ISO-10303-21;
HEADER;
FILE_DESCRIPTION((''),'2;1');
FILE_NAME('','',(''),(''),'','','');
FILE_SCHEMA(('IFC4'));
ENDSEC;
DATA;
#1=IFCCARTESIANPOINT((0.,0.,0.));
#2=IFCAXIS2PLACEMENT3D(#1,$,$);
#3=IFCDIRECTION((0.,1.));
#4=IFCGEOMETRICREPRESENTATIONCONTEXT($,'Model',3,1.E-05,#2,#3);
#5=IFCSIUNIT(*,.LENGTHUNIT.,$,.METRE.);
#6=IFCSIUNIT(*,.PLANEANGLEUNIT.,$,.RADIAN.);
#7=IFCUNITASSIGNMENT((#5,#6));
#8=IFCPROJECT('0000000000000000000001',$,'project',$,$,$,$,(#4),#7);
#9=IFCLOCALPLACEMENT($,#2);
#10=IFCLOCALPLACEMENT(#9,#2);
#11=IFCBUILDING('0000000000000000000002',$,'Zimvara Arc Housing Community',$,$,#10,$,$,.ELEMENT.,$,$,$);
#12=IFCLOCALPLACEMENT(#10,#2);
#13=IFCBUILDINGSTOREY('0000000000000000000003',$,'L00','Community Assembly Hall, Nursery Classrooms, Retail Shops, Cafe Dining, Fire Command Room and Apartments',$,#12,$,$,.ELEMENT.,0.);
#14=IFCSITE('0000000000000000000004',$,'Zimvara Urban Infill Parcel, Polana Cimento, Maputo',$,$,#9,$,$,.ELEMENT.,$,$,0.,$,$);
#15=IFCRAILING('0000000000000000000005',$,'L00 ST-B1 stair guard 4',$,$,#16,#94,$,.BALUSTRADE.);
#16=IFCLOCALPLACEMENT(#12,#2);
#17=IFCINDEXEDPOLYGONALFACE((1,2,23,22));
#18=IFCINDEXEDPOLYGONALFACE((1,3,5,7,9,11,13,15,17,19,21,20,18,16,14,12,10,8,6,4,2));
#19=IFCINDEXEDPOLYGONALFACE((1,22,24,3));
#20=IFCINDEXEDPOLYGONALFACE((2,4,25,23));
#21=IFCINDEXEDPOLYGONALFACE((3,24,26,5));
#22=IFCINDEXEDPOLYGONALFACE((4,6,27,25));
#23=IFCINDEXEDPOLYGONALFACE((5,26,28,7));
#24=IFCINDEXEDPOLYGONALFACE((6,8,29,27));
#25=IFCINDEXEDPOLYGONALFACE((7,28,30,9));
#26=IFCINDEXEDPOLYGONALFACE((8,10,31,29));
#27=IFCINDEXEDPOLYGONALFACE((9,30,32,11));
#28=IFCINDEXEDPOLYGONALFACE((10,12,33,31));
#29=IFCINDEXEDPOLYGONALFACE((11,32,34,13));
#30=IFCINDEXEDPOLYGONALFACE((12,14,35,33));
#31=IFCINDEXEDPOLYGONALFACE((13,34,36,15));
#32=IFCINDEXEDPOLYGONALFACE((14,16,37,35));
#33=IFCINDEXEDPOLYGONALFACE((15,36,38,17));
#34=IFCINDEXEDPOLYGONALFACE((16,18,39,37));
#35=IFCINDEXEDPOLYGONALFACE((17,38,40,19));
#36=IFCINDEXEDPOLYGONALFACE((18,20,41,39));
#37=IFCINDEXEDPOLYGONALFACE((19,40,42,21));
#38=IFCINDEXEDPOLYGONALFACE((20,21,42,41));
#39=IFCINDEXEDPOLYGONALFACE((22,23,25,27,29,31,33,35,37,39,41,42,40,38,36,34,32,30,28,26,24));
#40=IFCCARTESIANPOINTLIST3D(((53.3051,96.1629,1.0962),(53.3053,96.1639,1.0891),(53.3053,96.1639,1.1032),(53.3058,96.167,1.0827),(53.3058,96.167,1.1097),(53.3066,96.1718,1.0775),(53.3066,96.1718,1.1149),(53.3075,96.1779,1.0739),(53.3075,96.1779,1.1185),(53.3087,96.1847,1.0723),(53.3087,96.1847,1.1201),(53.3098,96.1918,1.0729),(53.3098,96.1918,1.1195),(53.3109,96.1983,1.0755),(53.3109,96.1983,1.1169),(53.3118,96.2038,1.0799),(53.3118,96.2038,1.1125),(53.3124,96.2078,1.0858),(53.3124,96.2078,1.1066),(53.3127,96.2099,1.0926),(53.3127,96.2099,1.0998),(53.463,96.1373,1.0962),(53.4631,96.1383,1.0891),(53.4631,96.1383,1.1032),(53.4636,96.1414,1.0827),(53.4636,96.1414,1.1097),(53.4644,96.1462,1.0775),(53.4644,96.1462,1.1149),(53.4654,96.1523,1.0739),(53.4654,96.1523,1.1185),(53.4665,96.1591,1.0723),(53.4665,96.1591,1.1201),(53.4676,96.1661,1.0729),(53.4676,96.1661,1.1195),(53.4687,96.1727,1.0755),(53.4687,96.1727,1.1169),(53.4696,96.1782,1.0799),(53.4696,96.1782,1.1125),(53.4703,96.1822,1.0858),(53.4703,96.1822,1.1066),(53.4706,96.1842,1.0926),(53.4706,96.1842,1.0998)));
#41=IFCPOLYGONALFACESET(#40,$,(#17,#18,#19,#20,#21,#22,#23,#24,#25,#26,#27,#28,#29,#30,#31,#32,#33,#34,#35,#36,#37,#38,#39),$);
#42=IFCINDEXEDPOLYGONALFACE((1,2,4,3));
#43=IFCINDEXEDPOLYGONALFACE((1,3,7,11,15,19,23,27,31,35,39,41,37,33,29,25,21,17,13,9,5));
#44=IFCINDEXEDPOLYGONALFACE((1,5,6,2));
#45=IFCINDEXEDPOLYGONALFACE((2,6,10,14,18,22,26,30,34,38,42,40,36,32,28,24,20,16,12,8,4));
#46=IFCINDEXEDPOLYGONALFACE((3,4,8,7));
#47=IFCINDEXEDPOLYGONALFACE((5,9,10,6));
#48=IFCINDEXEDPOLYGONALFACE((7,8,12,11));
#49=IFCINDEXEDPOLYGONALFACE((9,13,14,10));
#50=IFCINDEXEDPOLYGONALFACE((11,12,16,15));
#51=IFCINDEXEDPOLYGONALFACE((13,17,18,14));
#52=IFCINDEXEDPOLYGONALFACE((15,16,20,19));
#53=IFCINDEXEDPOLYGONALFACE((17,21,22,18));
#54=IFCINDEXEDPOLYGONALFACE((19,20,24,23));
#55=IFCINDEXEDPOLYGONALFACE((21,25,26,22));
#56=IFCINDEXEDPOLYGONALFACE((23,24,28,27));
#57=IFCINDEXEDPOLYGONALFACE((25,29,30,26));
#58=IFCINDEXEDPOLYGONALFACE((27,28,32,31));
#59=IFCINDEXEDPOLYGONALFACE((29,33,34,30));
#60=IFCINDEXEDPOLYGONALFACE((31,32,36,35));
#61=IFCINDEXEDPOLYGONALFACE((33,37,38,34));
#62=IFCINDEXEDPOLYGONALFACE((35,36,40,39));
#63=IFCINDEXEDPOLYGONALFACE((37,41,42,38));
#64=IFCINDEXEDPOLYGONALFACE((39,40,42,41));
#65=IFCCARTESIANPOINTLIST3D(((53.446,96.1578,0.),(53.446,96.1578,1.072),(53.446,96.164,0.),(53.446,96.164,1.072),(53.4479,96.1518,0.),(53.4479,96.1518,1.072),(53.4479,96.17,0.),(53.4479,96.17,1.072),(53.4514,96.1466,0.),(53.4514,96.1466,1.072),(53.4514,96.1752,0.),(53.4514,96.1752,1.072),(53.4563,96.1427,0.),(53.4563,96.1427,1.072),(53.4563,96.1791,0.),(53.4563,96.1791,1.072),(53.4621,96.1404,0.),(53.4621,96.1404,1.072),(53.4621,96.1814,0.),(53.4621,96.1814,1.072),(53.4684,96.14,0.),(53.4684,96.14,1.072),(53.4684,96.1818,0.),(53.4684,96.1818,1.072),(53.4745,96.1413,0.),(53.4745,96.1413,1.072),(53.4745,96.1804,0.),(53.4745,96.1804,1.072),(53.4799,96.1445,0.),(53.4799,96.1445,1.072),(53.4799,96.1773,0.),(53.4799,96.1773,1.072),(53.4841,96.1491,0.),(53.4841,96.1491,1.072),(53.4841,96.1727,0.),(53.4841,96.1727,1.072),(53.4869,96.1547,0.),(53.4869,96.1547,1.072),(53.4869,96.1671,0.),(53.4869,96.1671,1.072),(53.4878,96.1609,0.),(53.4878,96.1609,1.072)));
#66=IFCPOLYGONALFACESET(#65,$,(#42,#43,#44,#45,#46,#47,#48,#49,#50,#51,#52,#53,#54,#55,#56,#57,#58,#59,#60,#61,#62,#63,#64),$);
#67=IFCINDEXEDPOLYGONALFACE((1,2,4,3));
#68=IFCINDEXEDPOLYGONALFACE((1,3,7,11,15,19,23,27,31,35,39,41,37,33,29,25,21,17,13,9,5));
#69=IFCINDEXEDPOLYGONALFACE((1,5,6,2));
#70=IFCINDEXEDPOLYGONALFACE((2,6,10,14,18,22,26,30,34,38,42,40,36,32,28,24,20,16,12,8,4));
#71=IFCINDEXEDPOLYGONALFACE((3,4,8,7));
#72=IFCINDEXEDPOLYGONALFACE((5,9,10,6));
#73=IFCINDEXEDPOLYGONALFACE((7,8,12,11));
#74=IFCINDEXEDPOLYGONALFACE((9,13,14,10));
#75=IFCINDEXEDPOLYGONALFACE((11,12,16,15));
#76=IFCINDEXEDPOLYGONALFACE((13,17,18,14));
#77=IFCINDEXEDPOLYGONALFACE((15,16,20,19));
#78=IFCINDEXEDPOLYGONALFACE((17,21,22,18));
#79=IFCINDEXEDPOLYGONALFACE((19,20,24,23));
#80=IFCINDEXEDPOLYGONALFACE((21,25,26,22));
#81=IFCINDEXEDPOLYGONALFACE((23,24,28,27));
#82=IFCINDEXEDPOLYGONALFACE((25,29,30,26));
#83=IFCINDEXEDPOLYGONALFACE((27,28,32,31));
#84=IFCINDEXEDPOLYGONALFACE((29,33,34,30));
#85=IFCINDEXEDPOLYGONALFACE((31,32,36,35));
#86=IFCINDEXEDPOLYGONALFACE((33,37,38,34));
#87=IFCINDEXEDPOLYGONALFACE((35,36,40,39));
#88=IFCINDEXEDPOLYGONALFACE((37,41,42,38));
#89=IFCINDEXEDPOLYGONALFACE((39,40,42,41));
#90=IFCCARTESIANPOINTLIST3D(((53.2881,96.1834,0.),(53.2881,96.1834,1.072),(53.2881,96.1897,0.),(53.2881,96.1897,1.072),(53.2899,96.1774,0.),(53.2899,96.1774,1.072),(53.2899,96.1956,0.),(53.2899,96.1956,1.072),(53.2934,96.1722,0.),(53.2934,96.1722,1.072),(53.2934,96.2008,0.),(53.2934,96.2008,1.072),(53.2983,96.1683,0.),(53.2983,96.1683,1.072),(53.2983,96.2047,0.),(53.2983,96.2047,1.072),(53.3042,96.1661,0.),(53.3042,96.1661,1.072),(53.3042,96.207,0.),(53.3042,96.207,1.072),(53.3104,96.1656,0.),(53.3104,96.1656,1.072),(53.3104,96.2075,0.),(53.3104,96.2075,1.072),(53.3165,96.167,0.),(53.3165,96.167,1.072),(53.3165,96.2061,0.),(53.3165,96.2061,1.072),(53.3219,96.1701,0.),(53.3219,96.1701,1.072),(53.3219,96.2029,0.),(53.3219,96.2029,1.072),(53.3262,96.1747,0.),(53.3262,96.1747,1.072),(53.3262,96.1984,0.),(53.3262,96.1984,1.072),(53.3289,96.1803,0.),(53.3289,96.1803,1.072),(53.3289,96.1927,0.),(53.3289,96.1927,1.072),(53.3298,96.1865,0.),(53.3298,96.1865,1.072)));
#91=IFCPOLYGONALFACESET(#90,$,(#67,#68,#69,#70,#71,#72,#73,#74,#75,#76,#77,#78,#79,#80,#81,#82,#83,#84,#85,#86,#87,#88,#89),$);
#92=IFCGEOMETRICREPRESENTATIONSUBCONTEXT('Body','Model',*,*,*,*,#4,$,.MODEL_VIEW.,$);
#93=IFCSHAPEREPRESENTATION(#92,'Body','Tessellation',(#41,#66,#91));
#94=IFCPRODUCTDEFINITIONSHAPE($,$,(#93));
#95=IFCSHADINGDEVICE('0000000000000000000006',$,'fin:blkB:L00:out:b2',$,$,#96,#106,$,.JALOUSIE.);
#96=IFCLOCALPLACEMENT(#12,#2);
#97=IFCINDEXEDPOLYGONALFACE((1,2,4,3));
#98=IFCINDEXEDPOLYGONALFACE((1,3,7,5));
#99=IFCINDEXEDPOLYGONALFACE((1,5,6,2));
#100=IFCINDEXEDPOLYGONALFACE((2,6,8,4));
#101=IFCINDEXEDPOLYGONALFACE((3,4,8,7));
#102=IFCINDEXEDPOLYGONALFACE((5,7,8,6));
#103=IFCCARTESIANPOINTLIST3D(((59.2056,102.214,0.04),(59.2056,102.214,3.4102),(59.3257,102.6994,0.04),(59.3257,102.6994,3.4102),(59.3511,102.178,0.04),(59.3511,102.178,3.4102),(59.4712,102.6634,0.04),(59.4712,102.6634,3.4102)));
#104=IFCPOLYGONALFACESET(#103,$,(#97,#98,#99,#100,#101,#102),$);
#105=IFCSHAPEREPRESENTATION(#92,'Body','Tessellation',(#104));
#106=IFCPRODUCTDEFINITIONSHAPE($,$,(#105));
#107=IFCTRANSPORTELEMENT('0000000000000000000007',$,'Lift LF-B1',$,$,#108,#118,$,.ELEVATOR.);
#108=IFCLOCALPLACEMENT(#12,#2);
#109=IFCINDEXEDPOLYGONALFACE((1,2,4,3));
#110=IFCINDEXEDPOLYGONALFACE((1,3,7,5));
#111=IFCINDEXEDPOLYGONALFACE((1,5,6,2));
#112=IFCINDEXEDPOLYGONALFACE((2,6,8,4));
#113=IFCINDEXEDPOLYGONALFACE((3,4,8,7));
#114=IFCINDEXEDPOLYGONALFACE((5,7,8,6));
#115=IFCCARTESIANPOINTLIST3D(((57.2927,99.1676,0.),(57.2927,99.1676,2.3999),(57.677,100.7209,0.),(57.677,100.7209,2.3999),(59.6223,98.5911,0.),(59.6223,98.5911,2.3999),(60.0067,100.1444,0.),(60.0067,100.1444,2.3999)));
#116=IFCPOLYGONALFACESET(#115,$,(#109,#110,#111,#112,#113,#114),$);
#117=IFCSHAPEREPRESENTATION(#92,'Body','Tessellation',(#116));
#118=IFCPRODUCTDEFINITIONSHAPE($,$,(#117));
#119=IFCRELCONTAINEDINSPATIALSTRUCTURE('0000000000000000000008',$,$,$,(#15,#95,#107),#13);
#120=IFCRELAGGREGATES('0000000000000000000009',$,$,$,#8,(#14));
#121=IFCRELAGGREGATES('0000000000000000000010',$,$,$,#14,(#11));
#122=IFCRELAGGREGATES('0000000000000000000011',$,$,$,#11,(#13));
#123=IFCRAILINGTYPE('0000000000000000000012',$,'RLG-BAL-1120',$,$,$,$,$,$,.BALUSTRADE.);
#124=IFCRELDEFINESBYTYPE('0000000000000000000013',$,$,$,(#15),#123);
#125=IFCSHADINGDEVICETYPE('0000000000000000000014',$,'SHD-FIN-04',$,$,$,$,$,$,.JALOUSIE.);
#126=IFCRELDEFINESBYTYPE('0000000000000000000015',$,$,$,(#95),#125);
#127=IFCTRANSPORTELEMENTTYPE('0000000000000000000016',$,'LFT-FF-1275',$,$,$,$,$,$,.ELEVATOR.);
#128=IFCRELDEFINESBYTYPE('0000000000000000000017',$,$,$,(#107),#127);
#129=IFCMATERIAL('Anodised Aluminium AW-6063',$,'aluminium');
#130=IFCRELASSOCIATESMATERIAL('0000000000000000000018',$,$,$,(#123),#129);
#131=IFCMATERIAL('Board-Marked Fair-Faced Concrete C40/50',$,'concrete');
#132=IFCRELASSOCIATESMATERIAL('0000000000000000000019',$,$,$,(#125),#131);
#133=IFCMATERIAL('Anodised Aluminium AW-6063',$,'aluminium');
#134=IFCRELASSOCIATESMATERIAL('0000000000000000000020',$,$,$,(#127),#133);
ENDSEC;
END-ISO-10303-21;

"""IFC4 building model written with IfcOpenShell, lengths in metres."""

from ifc_helpers import new_model, si_unit, direction, frame, origin, origin_2d, place, context, subcontext, project, spatial, rectangle, circle, extrude, material, type_object, element, save


model = new_model("IFC4")

# Units and contexts
model_context = context("Model", 3, precision=1e-05, world=origin(), true_north=direction((0.0, 1.0)))
body_context = subcontext(model_context, "Body", "Model", "MODEL_VIEW")
ifc_project = project(units=[si_unit("LENGTHUNIT", "METRE"), si_unit("PLANEANGLEUNIT", "RADIAN")], contexts=[model_context])

# Site, building, storey
site_placement = place(None, origin())
site = spatial("IfcSite", under=ifc_project, at=site_placement, Name="Zimvara Urban Infill Parcel, Polana Cimento, Maputo", CompositionType="ELEMENT", RefElevation=0.0)
building_placement = place(site_placement, origin())
building = spatial("IfcBuilding", under=site, at=building_placement, Name="Zimvara Arc Housing Community", CompositionType="ELEMENT")
storey_placement = place(building_placement, origin())
storey = spatial("IfcBuildingStorey", under=building, at=storey_placement, Name="L00", Description="Community Assembly Hall, Nursery Classrooms, Retail Shops, Cafe Dining, Fire Command Room and Apartments", CompositionType="ELEMENT", Elevation=0.0)

# Railing
ifc_material_1 = material(Name="Anodised Aluminium AW-6063", Category="aluminium")
railing_type_1 = type_object("IfcRailingType", Name="RLG-BAL-1120", PredefinedType="BALUSTRADE", material=ifc_material_1)
railing_1_placement = place(storey_placement, frame((53.4668, 96.1609, 0.0)))
element("IfcRailing", 1, at=railing_1_placement, inside=storey, type_object=railing_type_1, Name="L00 ST-B1 stair guard 4", PredefinedType="BALUSTRADE", context=body_context, shape_type="SweptSolid", body=[
    extrude(circle(Radius=0.0239, at=origin_2d()), frame((0.0, 0.0, 1.0962), z_axis=(-0.987086, 0.160192, 0.0), x_axis=(-0.160192, -0.987086, 0.0)), (0.0, 0.0, 1.0), 0.1599),
    extrude(circle(Radius=0.021, at=origin_2d()), origin(), (0.0, 0.0, 1.0), 1.072),
    extrude(circle(Radius=0.021, at=origin_2d()), frame((-0.158, 0.0256, 0.0)), (0.0, 0.0, 1.0), 1.072),
])

# Shading device
ifc_material_2 = material(Name="Board-Marked Fair-Faced Concrete C40/50", Category="concrete")
shading_device_type = type_object("IfcShadingDeviceType", Name="SHD-FIN-04", PredefinedType="JALOUSIE", material=ifc_material_2)
shading_device_placement = place(storey_placement, frame((59.3384, 102.4387, 0.04), z_axis=(0.0, 0.0, 1.0), x_axis=(0.970716, -0.24023, 0.0)))
element("IfcShadingDevice", 2, at=shading_device_placement, inside=storey, type_object=shading_device_type, Name="fin:blkB:L00:out:b2", PredefinedType="JALOUSIE", context=body_context, shape_type="SweptSolid", body=[
    extrude(rectangle(XDim=0.1499, YDim=0.5, at=origin_2d()), origin(), (0.0, 0.0, 1.0), 3.3701),
])

# Transport element
ifc_material_3 = material(Name="Anodised Aluminium AW-6063", Category="aluminium")
transport_element_type = type_object("IfcTransportElementType", Name="LFT-FF-1275", PredefinedType="ELEVATOR", material=ifc_material_3)
transport_element_placement = place(storey_placement, frame((58.6497, 99.656, 0.0), z_axis=(0.0, 0.0, 1.0), x_axis=(0.240228, 0.970716, 0.0)))
element("IfcTransportElement", 3, at=transport_element_placement, inside=storey, type_object=transport_element_type, Name="Lift LF-B1", PredefinedType="ELEVATOR", context=body_context, shape_type="SweptSolid", body=[
    extrude(rectangle(XDim=1.6001, YDim=2.3999, at=origin_2d()), origin(), (0.0, 0.0, 1.0), 2.3999),
])

save(model, "model.ifc")
